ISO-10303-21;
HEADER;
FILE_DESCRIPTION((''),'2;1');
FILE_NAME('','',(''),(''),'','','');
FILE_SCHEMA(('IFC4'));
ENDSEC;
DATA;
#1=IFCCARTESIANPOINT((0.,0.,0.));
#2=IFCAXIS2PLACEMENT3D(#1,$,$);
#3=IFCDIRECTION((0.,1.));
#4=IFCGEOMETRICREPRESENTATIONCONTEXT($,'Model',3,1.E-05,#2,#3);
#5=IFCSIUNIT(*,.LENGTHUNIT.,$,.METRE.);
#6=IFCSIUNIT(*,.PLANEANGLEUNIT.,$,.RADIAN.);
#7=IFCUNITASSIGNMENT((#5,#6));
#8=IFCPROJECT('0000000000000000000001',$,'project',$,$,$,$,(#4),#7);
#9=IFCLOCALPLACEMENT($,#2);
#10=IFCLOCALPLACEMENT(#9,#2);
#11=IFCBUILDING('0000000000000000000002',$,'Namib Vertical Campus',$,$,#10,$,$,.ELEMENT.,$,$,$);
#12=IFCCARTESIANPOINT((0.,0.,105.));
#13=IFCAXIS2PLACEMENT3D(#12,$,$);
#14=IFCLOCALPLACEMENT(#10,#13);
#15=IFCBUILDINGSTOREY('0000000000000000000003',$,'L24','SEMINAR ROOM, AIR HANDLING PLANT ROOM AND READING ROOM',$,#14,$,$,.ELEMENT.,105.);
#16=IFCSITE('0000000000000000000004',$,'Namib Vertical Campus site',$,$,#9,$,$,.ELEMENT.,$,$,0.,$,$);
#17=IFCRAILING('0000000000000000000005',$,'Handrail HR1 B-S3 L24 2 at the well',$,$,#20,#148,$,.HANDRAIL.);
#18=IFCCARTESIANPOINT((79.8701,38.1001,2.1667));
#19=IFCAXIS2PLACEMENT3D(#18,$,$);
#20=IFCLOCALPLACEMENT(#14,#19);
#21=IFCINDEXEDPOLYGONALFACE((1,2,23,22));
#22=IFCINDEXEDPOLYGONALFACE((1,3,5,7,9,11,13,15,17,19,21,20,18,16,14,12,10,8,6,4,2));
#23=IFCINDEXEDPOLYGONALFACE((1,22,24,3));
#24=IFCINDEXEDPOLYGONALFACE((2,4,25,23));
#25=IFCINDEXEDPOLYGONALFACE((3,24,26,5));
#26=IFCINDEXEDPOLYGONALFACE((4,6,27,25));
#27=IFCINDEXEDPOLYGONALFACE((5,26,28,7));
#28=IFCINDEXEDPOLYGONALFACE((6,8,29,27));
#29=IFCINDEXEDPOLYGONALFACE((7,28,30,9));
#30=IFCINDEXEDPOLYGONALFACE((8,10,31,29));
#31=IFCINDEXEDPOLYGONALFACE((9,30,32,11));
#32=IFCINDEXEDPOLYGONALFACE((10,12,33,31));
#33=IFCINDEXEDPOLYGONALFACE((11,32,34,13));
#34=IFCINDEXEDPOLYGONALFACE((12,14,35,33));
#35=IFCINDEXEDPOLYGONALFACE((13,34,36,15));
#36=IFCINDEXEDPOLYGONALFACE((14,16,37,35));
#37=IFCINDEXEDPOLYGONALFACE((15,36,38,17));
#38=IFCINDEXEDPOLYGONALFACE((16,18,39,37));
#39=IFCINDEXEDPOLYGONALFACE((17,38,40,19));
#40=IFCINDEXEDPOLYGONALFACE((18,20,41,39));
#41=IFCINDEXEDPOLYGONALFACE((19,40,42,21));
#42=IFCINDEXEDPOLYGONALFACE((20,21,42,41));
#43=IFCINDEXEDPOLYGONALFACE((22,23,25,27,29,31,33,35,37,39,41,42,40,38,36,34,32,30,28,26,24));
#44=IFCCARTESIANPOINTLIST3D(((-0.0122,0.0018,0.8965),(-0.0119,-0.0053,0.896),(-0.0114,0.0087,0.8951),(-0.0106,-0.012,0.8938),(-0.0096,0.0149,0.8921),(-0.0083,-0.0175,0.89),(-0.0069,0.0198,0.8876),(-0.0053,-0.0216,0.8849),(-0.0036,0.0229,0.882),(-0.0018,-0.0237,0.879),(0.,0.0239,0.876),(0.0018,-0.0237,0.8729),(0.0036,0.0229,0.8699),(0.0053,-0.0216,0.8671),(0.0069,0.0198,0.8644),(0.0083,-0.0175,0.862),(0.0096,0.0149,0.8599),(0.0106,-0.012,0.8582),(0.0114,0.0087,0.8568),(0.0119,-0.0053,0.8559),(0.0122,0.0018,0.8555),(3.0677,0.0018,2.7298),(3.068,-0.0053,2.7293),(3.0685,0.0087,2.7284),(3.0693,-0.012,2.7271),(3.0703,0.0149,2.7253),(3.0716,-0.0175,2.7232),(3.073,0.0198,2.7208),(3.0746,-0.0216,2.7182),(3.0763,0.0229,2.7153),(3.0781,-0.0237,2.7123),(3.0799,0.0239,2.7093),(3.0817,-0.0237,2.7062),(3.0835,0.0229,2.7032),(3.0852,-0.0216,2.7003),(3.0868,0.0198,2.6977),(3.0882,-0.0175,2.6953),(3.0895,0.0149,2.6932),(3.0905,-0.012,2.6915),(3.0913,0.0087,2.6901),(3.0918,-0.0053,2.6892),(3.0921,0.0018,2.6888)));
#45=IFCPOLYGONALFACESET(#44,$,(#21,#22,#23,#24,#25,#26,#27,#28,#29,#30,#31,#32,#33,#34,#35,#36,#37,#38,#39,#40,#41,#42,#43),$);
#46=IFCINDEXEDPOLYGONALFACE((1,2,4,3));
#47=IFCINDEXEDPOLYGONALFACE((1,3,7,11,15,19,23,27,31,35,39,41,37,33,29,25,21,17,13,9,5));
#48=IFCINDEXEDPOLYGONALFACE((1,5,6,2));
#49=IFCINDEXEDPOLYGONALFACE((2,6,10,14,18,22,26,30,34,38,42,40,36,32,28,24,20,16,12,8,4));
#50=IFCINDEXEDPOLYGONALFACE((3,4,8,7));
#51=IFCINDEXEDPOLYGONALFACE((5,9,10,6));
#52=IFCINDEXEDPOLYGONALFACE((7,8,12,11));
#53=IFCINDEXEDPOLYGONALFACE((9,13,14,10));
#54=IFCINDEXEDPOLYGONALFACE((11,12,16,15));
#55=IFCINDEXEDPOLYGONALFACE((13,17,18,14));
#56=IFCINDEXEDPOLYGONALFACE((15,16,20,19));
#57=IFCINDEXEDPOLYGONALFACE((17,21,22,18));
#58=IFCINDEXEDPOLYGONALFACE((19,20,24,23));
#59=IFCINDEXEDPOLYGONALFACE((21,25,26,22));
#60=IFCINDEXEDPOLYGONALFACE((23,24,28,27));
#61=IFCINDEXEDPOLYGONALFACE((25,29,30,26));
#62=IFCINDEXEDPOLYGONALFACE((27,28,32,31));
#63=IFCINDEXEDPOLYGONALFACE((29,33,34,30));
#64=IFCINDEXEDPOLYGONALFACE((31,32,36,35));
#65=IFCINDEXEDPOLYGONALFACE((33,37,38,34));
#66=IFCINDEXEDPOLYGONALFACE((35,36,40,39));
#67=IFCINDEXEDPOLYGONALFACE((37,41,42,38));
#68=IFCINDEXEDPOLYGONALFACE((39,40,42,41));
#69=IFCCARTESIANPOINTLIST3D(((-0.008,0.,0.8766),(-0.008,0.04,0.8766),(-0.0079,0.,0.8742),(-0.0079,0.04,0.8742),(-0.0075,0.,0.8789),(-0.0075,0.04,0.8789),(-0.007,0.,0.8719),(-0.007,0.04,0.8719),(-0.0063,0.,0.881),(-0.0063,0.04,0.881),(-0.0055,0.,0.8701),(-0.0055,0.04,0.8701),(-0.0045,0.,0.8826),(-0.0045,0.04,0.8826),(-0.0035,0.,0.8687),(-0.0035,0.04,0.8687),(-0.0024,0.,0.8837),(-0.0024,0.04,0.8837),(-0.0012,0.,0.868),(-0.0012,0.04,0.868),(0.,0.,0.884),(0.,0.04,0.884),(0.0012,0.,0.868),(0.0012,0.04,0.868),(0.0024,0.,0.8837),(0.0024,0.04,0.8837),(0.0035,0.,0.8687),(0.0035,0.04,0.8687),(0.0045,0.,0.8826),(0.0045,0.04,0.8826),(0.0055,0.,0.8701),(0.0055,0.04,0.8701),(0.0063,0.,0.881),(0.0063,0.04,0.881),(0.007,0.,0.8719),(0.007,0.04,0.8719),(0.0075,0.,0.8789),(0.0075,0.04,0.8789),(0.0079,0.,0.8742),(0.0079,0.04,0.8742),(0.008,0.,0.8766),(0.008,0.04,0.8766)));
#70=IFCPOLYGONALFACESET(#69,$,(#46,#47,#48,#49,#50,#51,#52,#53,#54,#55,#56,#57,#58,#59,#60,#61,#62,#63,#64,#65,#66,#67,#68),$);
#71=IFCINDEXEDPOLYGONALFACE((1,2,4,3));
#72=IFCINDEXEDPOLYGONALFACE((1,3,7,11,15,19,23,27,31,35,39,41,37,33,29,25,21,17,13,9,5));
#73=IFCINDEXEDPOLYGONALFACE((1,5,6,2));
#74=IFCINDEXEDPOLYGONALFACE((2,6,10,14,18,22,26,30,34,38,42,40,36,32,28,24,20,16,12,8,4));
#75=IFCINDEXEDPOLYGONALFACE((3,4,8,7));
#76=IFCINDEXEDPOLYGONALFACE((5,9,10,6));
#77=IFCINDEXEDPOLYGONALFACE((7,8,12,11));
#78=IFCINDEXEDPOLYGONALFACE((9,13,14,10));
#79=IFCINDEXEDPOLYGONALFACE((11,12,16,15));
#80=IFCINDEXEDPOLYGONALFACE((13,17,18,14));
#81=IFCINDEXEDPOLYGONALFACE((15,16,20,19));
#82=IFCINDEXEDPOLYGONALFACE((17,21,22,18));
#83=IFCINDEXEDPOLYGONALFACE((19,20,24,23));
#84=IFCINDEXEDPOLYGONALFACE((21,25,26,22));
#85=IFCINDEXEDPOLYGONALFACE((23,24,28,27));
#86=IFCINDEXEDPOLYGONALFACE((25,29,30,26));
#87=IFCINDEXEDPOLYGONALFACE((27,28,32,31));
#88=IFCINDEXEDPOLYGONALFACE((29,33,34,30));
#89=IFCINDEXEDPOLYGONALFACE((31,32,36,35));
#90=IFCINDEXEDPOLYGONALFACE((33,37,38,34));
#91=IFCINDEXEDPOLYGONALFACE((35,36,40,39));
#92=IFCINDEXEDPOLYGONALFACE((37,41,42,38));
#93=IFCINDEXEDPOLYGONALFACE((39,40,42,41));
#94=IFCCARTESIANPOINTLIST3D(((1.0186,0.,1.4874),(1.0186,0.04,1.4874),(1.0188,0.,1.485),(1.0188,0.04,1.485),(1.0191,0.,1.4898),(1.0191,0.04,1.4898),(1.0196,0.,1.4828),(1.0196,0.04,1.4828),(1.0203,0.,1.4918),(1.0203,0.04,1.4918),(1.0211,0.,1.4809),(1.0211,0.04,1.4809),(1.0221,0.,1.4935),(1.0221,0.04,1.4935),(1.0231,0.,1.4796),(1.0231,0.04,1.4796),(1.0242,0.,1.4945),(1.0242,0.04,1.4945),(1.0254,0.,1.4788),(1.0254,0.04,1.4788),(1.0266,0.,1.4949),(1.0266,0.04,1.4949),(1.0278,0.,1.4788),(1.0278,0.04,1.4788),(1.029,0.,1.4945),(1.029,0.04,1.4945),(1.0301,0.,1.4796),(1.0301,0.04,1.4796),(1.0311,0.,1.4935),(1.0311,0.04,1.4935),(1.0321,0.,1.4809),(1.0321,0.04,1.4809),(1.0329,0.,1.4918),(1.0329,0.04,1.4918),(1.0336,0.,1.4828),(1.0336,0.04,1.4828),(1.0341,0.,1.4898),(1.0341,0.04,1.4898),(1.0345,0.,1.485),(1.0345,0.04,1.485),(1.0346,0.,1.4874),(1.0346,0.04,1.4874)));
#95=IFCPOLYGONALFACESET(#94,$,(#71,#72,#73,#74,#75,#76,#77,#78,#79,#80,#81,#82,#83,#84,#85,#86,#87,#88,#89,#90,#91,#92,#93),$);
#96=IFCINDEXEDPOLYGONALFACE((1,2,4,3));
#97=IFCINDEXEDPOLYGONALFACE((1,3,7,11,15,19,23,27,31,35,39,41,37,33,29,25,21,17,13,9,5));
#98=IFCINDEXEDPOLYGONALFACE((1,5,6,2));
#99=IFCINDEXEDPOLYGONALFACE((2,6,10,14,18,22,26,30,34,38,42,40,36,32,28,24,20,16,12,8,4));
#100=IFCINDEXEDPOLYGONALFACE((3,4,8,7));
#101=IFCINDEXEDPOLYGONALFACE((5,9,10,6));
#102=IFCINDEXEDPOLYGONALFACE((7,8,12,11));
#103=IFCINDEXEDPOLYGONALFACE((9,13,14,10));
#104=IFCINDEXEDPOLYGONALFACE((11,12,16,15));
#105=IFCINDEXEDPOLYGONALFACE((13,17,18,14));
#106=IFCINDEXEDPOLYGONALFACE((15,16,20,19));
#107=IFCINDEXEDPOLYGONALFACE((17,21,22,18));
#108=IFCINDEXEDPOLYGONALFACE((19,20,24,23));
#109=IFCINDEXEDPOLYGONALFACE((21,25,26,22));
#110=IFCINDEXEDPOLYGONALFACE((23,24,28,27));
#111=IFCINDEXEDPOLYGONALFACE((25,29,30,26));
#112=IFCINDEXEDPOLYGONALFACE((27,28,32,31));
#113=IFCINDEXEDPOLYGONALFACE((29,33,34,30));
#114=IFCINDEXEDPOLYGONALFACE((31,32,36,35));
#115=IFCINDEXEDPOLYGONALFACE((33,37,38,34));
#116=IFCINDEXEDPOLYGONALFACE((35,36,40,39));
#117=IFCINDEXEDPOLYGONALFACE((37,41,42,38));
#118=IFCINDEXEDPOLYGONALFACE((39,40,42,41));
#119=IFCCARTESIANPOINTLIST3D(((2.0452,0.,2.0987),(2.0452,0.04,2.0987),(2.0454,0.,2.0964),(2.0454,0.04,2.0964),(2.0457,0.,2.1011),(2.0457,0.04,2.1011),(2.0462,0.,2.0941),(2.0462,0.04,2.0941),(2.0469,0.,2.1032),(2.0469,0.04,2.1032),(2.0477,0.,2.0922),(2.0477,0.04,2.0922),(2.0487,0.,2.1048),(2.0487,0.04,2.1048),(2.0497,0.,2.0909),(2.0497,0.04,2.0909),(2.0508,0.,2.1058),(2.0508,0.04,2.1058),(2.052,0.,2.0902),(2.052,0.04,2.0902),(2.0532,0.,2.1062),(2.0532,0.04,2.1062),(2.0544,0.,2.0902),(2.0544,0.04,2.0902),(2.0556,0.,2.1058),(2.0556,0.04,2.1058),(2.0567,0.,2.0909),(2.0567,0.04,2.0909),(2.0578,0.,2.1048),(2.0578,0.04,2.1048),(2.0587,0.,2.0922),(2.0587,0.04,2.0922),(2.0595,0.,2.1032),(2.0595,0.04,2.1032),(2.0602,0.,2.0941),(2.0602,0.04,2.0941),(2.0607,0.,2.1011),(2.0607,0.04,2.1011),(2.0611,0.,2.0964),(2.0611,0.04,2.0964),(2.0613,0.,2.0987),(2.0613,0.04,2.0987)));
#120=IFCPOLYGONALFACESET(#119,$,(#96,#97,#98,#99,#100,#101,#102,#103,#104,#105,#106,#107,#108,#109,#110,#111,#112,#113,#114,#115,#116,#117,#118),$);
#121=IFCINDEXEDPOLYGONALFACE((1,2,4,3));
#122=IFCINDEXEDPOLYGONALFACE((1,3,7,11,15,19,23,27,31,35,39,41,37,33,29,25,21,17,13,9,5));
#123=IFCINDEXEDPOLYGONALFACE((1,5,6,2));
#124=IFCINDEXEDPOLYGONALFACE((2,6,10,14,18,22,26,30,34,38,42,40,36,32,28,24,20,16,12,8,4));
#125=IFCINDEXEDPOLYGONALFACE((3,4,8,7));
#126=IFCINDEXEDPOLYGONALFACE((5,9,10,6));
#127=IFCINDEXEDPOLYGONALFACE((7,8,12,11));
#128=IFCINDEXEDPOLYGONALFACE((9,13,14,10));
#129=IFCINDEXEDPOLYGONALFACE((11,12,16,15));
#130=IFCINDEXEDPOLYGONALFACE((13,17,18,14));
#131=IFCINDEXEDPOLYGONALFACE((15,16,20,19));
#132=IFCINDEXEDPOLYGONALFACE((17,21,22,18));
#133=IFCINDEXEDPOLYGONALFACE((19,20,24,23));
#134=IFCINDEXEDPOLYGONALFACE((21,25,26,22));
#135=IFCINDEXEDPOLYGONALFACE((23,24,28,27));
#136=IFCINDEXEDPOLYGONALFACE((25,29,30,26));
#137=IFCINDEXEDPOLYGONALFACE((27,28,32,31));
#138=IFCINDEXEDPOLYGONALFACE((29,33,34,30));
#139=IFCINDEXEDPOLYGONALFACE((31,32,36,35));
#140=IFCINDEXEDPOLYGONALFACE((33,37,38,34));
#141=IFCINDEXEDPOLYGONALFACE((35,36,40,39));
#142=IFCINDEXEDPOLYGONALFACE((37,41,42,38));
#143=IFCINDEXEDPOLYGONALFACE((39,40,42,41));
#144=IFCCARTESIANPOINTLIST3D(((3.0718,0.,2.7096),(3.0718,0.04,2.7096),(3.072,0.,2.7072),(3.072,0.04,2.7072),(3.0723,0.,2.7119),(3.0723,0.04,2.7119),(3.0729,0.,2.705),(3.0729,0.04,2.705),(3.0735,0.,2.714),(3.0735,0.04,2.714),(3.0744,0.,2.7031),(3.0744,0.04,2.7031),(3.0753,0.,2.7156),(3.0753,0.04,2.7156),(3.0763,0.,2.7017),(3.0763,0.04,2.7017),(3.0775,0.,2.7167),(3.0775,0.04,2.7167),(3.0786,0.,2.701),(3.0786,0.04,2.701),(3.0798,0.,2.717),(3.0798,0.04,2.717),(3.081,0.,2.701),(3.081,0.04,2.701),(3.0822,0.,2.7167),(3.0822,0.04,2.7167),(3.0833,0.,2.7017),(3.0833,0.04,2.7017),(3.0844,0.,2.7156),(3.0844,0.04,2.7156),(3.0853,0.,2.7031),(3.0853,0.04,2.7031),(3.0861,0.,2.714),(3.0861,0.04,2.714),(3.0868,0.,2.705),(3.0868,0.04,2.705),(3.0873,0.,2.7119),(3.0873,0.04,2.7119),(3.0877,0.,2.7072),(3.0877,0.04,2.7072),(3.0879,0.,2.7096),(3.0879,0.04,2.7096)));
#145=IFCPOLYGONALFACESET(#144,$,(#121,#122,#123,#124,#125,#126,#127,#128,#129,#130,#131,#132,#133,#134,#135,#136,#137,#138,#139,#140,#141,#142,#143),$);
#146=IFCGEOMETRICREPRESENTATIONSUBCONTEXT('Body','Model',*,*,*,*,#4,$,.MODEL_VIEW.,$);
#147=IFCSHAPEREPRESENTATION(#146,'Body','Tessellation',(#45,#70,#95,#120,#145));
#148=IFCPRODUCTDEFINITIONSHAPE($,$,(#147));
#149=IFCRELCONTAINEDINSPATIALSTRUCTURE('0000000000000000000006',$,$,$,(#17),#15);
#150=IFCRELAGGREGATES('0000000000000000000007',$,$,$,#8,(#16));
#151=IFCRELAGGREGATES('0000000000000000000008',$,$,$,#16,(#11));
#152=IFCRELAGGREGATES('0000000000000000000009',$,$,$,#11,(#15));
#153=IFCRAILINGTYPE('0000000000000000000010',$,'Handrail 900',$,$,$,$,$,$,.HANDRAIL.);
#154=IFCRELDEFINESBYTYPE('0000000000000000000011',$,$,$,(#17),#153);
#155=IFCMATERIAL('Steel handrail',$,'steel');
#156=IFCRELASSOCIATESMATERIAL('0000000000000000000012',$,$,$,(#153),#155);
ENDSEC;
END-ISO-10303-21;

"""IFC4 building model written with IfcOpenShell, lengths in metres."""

from ifc_helpers import new_model, si_unit, direction, frame, origin, origin_2d, place, context, subcontext, project, spatial, circle, extrude, material, type_object, element, save


model = new_model("IFC4")

# Units and contexts
model_context = context("Model", 3, precision=1e-05, world=origin(), true_north=direction((0.0, 1.0)))
body_context = subcontext(model_context, "Body", "Model", "MODEL_VIEW")
ifc_project = project(units=[si_unit("LENGTHUNIT", "METRE"), si_unit("PLANEANGLEUNIT", "RADIAN")], contexts=[model_context])

# Site, building, storey
site_placement = place(None, origin())
site = spatial("IfcSite", under=ifc_project, at=site_placement, Name="Namib Vertical Campus site", CompositionType="ELEMENT", RefElevation=0.0)
building_placement = place(site_placement, origin())
building = spatial("IfcBuilding", under=site, at=building_placement, Name="Namib Vertical Campus", CompositionType="ELEMENT")
storey_placement = place(building_placement, frame((0.0, 0.0, 105.0)))
storey = spatial("IfcBuildingStorey", under=building, at=storey_placement, Name="L24", Description="SEMINAR ROOM, AIR HANDLING PLANT ROOM AND READING ROOM", CompositionType="ELEMENT", Elevation=105.0)

# Railing
ifc_material_1 = material(Name="Steel handrail", Category="steel")
railing_type_1 = type_object("IfcRailingType", Name="Handrail 900", PredefinedType="HANDRAIL", material=ifc_material_1)
railing_1_placement = place(storey_placement, frame((79.8701, 38.1001, 2.1667)))
element("IfcRailing", 1, at=railing_1_placement, inside=storey, type_object=railing_type_1, Name="Handrail HR1 B-S3 L24 2 at the well", PredefinedType="HANDRAIL", context=body_context, shape_type="SweptSolid", body=[
    extrude(circle(Radius=0.0239, at=origin_2d()), frame((0.0, 0.0, 0.876), z_axis=(0.859291, 0.0, 0.511487), x_axis=(0.0, 1.0, 0.0)), (0.0, 0.0, 1.0), 3.5842),
    extrude(circle(Radius=0.0081, at=origin_2d()), frame((0.0, 0.0, 0.876), z_axis=(0.0, 1.0, 0.0), x_axis=(0.0, 0.0, 1.0)), (0.0, 0.0, 1.0), 0.04),
    extrude(circle(Radius=0.0081, at=origin_2d()), frame((1.0266, 0.0, 1.4868), z_axis=(0.0, 1.0, 0.0), x_axis=(0.0, 0.0, 1.0)), (0.0, 0.0, 1.0), 0.04),
    extrude(circle(Radius=0.0081, at=origin_2d()), frame((2.0532, 0.0, 2.0981), z_axis=(0.0, 1.0, 0.0), x_axis=(0.0, 0.0, 1.0)), (0.0, 0.0, 1.0), 0.04),
    extrude(circle(Radius=0.0081, at=origin_2d()), frame((3.0798, 0.0, 2.709), z_axis=(0.0, 1.0, 0.0), x_axis=(0.0, 0.0, 1.0)), (0.0, 0.0, 1.0), 0.04),
])

save(model, "model.ifc")
